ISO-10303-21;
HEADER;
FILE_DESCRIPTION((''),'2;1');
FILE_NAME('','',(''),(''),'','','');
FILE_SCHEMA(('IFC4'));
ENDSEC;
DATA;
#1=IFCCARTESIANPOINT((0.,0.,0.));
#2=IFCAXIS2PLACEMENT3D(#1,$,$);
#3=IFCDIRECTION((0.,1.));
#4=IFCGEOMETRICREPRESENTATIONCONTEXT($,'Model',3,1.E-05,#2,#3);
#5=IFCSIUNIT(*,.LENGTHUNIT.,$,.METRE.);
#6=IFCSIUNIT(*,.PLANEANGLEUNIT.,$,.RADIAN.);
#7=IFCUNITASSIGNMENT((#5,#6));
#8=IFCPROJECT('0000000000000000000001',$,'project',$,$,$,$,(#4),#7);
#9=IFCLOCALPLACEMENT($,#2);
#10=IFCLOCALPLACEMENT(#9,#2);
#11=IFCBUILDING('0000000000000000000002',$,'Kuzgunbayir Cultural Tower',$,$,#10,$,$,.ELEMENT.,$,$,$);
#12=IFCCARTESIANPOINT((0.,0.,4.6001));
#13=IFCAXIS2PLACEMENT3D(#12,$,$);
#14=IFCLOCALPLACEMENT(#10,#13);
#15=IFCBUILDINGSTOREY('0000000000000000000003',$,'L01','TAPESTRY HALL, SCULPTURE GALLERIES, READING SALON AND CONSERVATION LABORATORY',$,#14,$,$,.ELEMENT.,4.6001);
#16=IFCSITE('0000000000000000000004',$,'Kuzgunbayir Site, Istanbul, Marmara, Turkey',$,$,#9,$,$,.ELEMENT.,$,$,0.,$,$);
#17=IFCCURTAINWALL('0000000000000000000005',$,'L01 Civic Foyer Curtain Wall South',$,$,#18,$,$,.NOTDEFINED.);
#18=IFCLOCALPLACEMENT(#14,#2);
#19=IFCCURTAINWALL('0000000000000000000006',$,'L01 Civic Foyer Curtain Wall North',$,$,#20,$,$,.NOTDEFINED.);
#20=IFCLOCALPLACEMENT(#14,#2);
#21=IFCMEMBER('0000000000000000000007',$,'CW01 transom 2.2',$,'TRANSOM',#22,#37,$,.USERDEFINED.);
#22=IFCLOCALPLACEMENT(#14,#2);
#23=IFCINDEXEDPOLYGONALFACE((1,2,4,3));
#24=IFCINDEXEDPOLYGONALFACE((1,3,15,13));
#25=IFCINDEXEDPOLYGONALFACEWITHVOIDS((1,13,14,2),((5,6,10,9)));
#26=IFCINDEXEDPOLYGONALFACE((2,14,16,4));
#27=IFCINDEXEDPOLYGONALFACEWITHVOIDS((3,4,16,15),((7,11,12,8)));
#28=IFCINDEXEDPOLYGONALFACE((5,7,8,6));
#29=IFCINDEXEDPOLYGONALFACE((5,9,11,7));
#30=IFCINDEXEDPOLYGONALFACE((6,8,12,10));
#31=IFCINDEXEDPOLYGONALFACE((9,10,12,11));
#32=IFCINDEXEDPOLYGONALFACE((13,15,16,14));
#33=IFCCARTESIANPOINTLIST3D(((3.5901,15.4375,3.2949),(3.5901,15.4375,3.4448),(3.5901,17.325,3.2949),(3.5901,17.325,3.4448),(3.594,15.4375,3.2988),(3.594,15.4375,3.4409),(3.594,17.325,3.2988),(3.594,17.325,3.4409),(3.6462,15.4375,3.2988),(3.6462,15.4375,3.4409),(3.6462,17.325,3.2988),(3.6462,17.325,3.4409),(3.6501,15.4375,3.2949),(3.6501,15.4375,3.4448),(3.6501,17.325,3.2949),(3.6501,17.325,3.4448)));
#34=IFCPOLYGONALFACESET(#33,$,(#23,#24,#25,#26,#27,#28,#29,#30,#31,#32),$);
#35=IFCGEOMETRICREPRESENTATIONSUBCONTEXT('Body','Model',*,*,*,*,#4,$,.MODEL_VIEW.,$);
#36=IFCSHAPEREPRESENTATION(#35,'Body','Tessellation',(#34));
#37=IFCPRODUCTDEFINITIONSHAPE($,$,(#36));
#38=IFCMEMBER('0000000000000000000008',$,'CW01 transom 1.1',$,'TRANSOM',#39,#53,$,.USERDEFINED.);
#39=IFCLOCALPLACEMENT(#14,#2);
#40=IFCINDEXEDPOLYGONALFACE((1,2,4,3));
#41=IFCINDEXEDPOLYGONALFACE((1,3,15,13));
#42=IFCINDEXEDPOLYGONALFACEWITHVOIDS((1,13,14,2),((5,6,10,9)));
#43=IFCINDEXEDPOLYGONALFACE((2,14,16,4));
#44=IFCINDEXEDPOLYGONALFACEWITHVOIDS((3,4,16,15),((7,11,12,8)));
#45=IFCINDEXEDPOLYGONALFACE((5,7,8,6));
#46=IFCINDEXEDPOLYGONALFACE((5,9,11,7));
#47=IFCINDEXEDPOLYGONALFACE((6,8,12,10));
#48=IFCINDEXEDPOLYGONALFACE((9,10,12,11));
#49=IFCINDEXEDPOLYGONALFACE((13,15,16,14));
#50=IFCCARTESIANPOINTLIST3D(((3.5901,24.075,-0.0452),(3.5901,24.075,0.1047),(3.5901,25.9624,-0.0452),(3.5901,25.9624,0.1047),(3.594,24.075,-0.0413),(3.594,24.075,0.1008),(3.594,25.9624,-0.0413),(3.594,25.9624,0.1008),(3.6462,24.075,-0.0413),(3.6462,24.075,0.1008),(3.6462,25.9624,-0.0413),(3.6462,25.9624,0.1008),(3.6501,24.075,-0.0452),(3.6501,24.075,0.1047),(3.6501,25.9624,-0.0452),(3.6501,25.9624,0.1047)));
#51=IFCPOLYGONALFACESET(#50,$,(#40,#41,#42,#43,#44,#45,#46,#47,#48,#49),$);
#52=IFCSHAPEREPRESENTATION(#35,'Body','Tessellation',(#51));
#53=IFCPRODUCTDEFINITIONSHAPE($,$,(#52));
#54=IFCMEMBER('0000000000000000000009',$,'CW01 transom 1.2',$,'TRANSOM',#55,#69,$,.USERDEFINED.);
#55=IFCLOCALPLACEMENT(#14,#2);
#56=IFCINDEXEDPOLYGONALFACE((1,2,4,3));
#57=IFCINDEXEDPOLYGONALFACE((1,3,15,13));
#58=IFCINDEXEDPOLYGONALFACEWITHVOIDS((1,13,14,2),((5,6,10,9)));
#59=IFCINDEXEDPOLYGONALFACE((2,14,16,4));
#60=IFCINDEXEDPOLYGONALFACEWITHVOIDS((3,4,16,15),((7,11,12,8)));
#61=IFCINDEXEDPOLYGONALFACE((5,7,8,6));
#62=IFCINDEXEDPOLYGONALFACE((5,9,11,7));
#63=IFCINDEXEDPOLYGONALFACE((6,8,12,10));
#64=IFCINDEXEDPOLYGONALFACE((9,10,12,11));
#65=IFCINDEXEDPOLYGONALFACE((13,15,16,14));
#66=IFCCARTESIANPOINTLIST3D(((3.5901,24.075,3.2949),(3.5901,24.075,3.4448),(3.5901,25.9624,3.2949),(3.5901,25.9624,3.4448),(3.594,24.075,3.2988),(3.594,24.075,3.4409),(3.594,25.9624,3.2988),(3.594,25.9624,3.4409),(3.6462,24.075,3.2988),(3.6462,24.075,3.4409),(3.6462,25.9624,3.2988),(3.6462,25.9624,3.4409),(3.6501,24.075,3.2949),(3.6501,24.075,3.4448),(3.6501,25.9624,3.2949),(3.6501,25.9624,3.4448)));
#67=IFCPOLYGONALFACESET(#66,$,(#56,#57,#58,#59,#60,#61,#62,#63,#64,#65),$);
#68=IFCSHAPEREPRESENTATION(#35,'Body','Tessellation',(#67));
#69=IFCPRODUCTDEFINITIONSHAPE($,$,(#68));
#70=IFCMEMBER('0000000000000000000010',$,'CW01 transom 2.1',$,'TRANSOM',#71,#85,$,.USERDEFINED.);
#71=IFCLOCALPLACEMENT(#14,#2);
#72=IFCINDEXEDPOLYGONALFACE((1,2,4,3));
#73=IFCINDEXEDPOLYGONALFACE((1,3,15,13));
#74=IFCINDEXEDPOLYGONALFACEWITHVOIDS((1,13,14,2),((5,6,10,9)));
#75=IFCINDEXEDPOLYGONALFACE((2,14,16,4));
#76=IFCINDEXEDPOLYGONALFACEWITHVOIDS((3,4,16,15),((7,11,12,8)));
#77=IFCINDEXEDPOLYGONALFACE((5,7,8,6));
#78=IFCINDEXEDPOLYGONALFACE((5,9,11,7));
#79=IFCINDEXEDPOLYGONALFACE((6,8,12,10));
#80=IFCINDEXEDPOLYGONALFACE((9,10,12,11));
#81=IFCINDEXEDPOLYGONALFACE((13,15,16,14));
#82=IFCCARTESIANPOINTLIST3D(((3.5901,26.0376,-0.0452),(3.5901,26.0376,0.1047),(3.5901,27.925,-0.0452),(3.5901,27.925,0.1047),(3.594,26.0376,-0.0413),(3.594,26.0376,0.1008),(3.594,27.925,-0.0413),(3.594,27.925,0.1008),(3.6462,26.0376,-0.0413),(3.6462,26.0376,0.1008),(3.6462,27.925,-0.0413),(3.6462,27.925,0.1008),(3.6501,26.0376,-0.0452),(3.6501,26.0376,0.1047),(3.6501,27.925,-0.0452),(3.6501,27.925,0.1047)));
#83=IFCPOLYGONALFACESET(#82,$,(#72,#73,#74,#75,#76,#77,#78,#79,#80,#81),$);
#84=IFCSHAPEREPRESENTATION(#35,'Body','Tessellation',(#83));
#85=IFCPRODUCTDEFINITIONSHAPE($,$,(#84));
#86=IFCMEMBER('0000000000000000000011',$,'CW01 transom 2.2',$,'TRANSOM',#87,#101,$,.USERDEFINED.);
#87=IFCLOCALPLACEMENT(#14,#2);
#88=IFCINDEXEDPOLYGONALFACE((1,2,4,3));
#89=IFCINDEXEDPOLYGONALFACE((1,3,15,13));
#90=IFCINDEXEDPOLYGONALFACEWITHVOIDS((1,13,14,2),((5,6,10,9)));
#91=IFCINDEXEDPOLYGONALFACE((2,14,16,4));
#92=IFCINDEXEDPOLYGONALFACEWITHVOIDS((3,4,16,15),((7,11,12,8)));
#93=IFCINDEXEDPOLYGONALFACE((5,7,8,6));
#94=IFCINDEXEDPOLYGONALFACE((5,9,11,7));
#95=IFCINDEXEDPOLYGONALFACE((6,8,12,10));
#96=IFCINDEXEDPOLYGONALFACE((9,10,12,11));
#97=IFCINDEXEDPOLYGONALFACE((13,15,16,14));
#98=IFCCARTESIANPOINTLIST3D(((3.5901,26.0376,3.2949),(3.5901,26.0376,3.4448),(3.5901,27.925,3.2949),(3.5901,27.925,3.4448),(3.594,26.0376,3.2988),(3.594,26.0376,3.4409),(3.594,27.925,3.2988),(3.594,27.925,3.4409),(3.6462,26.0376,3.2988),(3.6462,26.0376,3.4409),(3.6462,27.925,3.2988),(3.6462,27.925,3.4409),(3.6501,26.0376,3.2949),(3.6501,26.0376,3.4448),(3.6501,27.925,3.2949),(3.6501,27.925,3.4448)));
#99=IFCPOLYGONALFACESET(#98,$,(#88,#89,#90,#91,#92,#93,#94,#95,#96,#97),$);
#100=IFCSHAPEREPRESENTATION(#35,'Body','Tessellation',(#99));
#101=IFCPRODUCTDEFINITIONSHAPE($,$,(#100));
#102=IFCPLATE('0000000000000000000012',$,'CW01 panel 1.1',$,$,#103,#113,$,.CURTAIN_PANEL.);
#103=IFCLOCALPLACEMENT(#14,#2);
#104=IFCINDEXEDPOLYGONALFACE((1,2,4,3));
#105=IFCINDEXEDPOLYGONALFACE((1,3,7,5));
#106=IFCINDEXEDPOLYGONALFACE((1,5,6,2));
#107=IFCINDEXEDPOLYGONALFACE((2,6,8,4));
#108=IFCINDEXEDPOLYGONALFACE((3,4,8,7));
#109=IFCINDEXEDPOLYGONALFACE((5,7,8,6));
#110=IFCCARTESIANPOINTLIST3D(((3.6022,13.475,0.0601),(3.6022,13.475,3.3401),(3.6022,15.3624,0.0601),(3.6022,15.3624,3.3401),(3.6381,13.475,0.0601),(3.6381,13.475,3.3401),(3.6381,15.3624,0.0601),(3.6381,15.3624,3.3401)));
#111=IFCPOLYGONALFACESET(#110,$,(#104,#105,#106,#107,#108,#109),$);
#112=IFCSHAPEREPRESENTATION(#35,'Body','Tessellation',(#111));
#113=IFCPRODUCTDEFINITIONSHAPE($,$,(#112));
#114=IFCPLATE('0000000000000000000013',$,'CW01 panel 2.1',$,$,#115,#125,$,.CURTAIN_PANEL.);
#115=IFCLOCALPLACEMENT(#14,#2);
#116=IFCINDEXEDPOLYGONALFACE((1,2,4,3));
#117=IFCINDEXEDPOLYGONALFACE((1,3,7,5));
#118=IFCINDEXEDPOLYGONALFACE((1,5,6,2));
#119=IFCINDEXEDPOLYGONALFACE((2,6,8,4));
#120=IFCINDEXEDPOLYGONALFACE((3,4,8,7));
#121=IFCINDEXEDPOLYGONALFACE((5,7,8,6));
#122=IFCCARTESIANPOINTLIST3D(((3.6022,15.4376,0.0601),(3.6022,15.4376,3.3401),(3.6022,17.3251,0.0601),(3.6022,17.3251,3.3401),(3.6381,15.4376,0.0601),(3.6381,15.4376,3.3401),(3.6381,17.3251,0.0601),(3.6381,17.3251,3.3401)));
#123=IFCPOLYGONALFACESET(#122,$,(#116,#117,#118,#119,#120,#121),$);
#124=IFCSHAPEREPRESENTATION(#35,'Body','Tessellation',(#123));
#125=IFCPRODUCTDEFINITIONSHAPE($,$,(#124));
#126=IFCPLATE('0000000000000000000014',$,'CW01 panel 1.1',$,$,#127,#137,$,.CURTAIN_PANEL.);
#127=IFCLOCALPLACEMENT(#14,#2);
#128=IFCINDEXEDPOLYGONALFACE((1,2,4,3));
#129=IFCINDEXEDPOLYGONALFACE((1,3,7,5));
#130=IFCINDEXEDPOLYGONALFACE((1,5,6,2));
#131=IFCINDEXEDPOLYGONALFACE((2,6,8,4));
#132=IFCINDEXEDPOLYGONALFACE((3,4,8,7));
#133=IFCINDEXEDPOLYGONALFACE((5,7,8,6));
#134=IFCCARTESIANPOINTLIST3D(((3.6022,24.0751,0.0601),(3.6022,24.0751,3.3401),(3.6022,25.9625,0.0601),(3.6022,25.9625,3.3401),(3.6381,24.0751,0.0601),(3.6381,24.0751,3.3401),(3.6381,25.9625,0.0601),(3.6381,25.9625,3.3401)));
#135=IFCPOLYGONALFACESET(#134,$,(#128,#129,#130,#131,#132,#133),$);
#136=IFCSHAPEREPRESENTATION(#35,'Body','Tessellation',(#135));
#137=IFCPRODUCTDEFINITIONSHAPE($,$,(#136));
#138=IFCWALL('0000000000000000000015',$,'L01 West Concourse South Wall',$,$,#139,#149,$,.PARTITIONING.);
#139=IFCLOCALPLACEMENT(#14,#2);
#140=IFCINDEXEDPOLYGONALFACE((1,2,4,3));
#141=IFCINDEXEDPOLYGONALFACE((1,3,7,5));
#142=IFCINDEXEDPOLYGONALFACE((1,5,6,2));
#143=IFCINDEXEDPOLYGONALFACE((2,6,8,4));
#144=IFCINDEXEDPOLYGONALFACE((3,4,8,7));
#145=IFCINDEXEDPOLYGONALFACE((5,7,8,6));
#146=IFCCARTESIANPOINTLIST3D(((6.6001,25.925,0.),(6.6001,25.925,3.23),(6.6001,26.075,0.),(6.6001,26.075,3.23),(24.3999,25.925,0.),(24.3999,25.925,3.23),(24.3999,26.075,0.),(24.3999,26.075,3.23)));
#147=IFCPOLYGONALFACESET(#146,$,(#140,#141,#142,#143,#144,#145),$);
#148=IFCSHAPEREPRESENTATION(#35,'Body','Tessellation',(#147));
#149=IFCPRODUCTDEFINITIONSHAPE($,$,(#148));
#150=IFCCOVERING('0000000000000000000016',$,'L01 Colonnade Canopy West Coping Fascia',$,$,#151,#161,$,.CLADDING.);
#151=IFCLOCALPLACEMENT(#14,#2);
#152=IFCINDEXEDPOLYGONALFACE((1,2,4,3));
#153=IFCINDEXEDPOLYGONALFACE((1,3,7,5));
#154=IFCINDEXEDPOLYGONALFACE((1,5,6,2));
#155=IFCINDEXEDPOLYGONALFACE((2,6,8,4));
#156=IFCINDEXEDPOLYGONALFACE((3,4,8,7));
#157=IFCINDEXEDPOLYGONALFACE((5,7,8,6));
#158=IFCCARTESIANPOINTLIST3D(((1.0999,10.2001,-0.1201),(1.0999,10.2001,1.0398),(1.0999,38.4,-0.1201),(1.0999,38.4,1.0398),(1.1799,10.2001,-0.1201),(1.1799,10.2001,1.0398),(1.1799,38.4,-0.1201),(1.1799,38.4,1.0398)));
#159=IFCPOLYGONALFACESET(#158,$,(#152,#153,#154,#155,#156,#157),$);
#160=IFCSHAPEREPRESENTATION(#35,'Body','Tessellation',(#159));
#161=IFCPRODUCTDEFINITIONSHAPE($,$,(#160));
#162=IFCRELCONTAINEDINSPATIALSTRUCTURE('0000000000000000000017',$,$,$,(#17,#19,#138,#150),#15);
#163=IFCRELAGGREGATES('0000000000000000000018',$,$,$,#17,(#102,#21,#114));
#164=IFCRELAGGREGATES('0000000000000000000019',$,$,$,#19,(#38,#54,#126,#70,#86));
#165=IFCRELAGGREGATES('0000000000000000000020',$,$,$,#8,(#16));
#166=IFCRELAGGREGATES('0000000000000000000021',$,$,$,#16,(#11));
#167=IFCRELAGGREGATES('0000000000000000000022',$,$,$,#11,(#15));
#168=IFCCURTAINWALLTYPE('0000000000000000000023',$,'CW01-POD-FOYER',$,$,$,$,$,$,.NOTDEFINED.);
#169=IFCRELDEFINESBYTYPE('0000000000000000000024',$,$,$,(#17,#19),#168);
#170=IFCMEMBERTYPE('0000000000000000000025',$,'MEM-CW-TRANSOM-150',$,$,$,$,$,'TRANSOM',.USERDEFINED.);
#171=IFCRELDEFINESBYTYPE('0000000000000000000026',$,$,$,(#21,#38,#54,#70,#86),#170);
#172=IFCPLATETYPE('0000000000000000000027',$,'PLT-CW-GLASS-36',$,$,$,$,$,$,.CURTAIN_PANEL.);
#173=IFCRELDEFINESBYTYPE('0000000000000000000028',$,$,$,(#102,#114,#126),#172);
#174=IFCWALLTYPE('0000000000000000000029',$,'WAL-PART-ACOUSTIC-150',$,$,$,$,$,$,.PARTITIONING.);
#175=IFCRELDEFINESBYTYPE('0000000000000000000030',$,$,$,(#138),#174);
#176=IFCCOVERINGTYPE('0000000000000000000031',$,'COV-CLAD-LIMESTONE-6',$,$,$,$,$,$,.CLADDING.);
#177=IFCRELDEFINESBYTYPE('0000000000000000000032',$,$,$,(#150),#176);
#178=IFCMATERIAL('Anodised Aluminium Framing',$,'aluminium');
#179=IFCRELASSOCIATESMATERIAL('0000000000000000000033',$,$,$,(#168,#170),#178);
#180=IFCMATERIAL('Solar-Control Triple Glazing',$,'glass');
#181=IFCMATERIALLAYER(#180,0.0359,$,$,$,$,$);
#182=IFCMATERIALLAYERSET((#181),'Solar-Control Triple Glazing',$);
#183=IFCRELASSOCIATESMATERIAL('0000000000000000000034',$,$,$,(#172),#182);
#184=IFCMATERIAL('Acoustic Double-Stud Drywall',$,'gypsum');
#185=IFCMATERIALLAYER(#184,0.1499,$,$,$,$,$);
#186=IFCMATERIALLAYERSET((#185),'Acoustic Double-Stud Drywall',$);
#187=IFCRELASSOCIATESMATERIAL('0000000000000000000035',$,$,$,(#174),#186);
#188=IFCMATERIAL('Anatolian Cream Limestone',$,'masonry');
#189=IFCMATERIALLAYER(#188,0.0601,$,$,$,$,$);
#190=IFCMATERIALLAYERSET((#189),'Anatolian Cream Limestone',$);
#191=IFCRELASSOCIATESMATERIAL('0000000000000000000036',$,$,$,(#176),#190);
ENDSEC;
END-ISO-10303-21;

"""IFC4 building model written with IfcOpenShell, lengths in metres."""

from ifc_helpers import new_model, si_unit, direction, frame, frame_2d, origin, origin_2d, place, context, subcontext, project, spatial, rectangle, hollow_rectangle, extrude, material, layer, layer_set, material_profile, profile_set, type_object, element, aggregate, save


model = new_model("IFC4")

# Units and contexts
model_context = context("Model", 3, precision=1e-05, world=origin(), true_north=direction((0.0, 1.0)))
body_context = subcontext(model_context, "Body", "Model", "MODEL_VIEW")
ifc_project = project(units=[si_unit("LENGTHUNIT", "METRE"), si_unit("PLANEANGLEUNIT", "RADIAN")], contexts=[model_context])

# Site, building, storey
site_placement = place(None, origin())
site = spatial("IfcSite", under=ifc_project, at=site_placement, Name="Kuzgunbayir Site, Istanbul, Marmara, Turkey", CompositionType="ELEMENT", RefElevation=0.0)
building_placement = place(site_placement, origin())
building = spatial("IfcBuilding", under=site, at=building_placement, Name="Kuzgunbayir Cultural Tower", CompositionType="ELEMENT")
storey_placement = place(building_placement, frame((0.0, 0.0, 4.6001)))
storey = spatial("IfcBuildingStorey", under=building, at=storey_placement, Name="L01", Description="TAPESTRY HALL, SCULPTURE GALLERIES, READING SALON AND CONSERVATION LABORATORY", CompositionType="ELEMENT", Elevation=4.6001)

# Curtain walls
ifc_material_1 = material(Name="Anodised Aluminium Framing", Category="aluminium")
curtain_wall_type = type_object("IfcCurtainWallType", Name="CW01-POD-FOYER", PredefinedType="NOTDEFINED", material=ifc_material_1)
curtain_wall_1_placement = place(storey_placement, origin())
curtain_wall_1 = element("IfcCurtainWall", 1, at=curtain_wall_1_placement, inside=storey, type_object=curtain_wall_type, Name="L01 Civic Foyer Curtain Wall South", PredefinedType="NOTDEFINED")
curtain_wall_2_placement = place(storey_placement, origin())
curtain_wall_2 = element("IfcCurtainWall", 2, at=curtain_wall_2_placement, inside=storey, type_object=curtain_wall_type, Name="L01 Civic Foyer Curtain Wall North", PredefinedType="NOTDEFINED")

# Members
ifc_material_profile_1 = material_profile(ifc_material_1, hollow_rectangle(XDim=0.0601, YDim=0.1499, WallThickness=0.0039, at=origin_2d()), Name="RHS 150x60x4")
ifc_profile_set_1 = profile_set([ifc_material_profile_1], Name="Anodised Aluminium Framing")
member_type_1 = type_object("IfcMemberType", Name="MEM-CW-TRANSOM-150", ElementType="TRANSOM", PredefinedType="USERDEFINED", material=ifc_profile_set_1)
member_1_placement = place(storey_placement, frame((3.6201, 15.4375, 3.3699), z_axis=(0.0, 1.0, 0.0), x_axis=(-1.0, 0.0, 0.0)))
member_1 = element("IfcMember", 3, at=member_1_placement, type_object=member_type_1, Name="CW01 transom 2.2", ObjectType="TRANSOM", PredefinedType="USERDEFINED", context=body_context, shape_type="SweptSolid", body=[
    extrude(hollow_rectangle(XDim=0.0601, YDim=0.1499, WallThickness=0.0039, at=origin_2d()), origin(), (0.0, 0.0, 1.0), 1.8875),
])
member_2_placement = place(storey_placement, frame((3.6201, 24.075, 0.0298), z_axis=(0.0, 1.0, 0.0), x_axis=(-1.0, 0.0, 0.0)))
member_2 = element("IfcMember", 4, at=member_2_placement, type_object=member_type_1, Name="CW01 transom 1.1", ObjectType="TRANSOM", PredefinedType="USERDEFINED", context=body_context, shape_type="SweptSolid", body=[
    extrude(hollow_rectangle(XDim=0.0601, YDim=0.1499, WallThickness=0.0039, at=origin_2d()), origin(), (0.0, 0.0, 1.0), 1.8875),
])
member_3_placement = place(storey_placement, frame((3.6201, 24.075, 3.3699), z_axis=(0.0, 1.0, 0.0), x_axis=(-1.0, 0.0, 0.0)))
member_3 = element("IfcMember", 5, at=member_3_placement, type_object=member_type_1, Name="CW01 transom 1.2", ObjectType="TRANSOM", PredefinedType="USERDEFINED", context=body_context, shape_type="SweptSolid", body=[
    extrude(hollow_rectangle(XDim=0.0601, YDim=0.1499, WallThickness=0.0039, at=origin_2d()), origin(), (0.0, 0.0, 1.0), 1.8875),
])
member_4_placement = place(storey_placement, frame((3.6201, 26.0376, 0.0298), z_axis=(0.0, 1.0, 0.0), x_axis=(-1.0, 0.0, 0.0)))
member_4 = element("IfcMember", 6, at=member_4_placement, type_object=member_type_1, Name="CW01 transom 2.1", ObjectType="TRANSOM", PredefinedType="USERDEFINED", context=body_context, shape_type="SweptSolid", body=[
    extrude(hollow_rectangle(XDim=0.0601, YDim=0.1499, WallThickness=0.0039, at=origin_2d()), origin(), (0.0, 0.0, 1.0), 1.8875),
])
member_5_placement = place(storey_placement, frame((3.6201, 26.0376, 3.3699), z_axis=(0.0, 1.0, 0.0), x_axis=(-1.0, 0.0, 0.0)))
member_5 = element("IfcMember", 7, at=member_5_placement, type_object=member_type_1, Name="CW01 transom 2.2", ObjectType="TRANSOM", PredefinedType="USERDEFINED", context=body_context, shape_type="SweptSolid", body=[
    extrude(hollow_rectangle(XDim=0.0601, YDim=0.1499, WallThickness=0.0039, at=origin_2d()), origin(), (0.0, 0.0, 1.0), 1.8875),
])

# Plates
ifc_material_2 = material(Name="Solar-Control Triple Glazing", Category="glass")
ifc_layer_1 = layer(ifc_material_2, 0.0359)
ifc_layer_set_1 = layer_set([ifc_layer_1], Name="Solar-Control Triple Glazing")
plate_type = type_object("IfcPlateType", Name="PLT-CW-GLASS-36", PredefinedType="CURTAIN_PANEL", material=ifc_layer_set_1)
plate_1_placement = place(storey_placement, frame((3.6201, 14.4187, 0.0601), z_axis=(0.0, 0.0, 1.0), x_axis=(0.0, 1.0, 0.0)))
plate_1 = element("IfcPlate", 8, at=plate_1_placement, type_object=plate_type, Name="CW01 panel 1.1", PredefinedType="CURTAIN_PANEL", context=body_context, shape_type="SweptSolid", body=[
    extrude(rectangle(XDim=1.8875, YDim=0.0359, at=origin_2d()), origin(), (0.0, 0.0, 1.0), 3.28),
])
plate_2_placement = place(storey_placement, frame((3.6201, 16.3813, 0.0601), z_axis=(0.0, 0.0, 1.0), x_axis=(0.0, 1.0, 0.0)))
plate_2 = element("IfcPlate", 9, at=plate_2_placement, type_object=plate_type, Name="CW01 panel 2.1", PredefinedType="CURTAIN_PANEL", context=body_context, shape_type="SweptSolid", body=[
    extrude(rectangle(XDim=1.8875, YDim=0.0359, at=origin_2d()), origin(), (0.0, 0.0, 1.0), 3.28),
])
aggregate(curtain_wall_1, [plate_1, member_1, plate_2])
plate_3_placement = place(storey_placement, frame((3.6201, 25.0188, 0.0601), z_axis=(0.0, 0.0, 1.0), x_axis=(0.0, 1.0, 0.0)))
plate_3 = element("IfcPlate", 10, at=plate_3_placement, type_object=plate_type, Name="CW01 panel 1.1", PredefinedType="CURTAIN_PANEL", context=body_context, shape_type="SweptSolid", body=[
    extrude(rectangle(XDim=1.8875, YDim=0.0359, at=origin_2d()), origin(), (0.0, 0.0, 1.0), 3.28),
])
aggregate(curtain_wall_2, [member_2, member_3, plate_3, member_4, member_5])

# Wall
ifc_material_3 = material(Name="Acoustic Double-Stud Drywall", Category="gypsum")
ifc_layer_2 = layer(ifc_material_3, 0.1499)
ifc_layer_set_2 = layer_set([ifc_layer_2], Name="Acoustic Double-Stud Drywall")
wall_type = type_object("IfcWallType", Name="WAL-PART-ACOUSTIC-150", PredefinedType="PARTITIONING", material=ifc_layer_set_2)
wall_1_placement = place(storey_placement, frame((6.6001, 26.0, 0.0), z_axis=(0.0, 0.0, 1.0), x_axis=(1.0, 0.0, 0.0)))
element("IfcWall", 11, at=wall_1_placement, inside=storey, type_object=wall_type, Name="L01 West Concourse South Wall", PredefinedType="PARTITIONING", context=body_context, shape_type="SweptSolid", body=[
    extrude(rectangle(XDim=17.7998, YDim=0.1499, at=frame_2d((8.8999, 0.0))), origin(), (0.0, 0.0, 1.0), 3.23),
])

# Covering
ifc_material_4 = material(Name="Anatolian Cream Limestone", Category="masonry")
ifc_layer_3 = layer(ifc_material_4, 0.0601)
ifc_layer_set_3 = layer_set([ifc_layer_3], Name="Anatolian Cream Limestone")
covering_type = type_object("IfcCoveringType", Name="COV-CLAD-LIMESTONE-6", PredefinedType="CLADDING", material=ifc_layer_set_3)
covering_placement = place(storey_placement, frame((1.1399, 24.3, -0.1201), z_axis=(0.0, 0.0, 1.0), x_axis=(1.0, 0.0, 0.0)))
element("IfcCovering", 12, at=covering_placement, inside=storey, type_object=covering_type, Name="L01 Colonnade Canopy West Coping Fascia", PredefinedType="CLADDING", context=body_context, shape_type="SweptSolid", body=[
    extrude(rectangle(XDim=0.0801, YDim=28.2, at=origin_2d()), origin(), (0.0, 0.0, 1.0), 1.1599),
])

save(model, "model.ifc")
